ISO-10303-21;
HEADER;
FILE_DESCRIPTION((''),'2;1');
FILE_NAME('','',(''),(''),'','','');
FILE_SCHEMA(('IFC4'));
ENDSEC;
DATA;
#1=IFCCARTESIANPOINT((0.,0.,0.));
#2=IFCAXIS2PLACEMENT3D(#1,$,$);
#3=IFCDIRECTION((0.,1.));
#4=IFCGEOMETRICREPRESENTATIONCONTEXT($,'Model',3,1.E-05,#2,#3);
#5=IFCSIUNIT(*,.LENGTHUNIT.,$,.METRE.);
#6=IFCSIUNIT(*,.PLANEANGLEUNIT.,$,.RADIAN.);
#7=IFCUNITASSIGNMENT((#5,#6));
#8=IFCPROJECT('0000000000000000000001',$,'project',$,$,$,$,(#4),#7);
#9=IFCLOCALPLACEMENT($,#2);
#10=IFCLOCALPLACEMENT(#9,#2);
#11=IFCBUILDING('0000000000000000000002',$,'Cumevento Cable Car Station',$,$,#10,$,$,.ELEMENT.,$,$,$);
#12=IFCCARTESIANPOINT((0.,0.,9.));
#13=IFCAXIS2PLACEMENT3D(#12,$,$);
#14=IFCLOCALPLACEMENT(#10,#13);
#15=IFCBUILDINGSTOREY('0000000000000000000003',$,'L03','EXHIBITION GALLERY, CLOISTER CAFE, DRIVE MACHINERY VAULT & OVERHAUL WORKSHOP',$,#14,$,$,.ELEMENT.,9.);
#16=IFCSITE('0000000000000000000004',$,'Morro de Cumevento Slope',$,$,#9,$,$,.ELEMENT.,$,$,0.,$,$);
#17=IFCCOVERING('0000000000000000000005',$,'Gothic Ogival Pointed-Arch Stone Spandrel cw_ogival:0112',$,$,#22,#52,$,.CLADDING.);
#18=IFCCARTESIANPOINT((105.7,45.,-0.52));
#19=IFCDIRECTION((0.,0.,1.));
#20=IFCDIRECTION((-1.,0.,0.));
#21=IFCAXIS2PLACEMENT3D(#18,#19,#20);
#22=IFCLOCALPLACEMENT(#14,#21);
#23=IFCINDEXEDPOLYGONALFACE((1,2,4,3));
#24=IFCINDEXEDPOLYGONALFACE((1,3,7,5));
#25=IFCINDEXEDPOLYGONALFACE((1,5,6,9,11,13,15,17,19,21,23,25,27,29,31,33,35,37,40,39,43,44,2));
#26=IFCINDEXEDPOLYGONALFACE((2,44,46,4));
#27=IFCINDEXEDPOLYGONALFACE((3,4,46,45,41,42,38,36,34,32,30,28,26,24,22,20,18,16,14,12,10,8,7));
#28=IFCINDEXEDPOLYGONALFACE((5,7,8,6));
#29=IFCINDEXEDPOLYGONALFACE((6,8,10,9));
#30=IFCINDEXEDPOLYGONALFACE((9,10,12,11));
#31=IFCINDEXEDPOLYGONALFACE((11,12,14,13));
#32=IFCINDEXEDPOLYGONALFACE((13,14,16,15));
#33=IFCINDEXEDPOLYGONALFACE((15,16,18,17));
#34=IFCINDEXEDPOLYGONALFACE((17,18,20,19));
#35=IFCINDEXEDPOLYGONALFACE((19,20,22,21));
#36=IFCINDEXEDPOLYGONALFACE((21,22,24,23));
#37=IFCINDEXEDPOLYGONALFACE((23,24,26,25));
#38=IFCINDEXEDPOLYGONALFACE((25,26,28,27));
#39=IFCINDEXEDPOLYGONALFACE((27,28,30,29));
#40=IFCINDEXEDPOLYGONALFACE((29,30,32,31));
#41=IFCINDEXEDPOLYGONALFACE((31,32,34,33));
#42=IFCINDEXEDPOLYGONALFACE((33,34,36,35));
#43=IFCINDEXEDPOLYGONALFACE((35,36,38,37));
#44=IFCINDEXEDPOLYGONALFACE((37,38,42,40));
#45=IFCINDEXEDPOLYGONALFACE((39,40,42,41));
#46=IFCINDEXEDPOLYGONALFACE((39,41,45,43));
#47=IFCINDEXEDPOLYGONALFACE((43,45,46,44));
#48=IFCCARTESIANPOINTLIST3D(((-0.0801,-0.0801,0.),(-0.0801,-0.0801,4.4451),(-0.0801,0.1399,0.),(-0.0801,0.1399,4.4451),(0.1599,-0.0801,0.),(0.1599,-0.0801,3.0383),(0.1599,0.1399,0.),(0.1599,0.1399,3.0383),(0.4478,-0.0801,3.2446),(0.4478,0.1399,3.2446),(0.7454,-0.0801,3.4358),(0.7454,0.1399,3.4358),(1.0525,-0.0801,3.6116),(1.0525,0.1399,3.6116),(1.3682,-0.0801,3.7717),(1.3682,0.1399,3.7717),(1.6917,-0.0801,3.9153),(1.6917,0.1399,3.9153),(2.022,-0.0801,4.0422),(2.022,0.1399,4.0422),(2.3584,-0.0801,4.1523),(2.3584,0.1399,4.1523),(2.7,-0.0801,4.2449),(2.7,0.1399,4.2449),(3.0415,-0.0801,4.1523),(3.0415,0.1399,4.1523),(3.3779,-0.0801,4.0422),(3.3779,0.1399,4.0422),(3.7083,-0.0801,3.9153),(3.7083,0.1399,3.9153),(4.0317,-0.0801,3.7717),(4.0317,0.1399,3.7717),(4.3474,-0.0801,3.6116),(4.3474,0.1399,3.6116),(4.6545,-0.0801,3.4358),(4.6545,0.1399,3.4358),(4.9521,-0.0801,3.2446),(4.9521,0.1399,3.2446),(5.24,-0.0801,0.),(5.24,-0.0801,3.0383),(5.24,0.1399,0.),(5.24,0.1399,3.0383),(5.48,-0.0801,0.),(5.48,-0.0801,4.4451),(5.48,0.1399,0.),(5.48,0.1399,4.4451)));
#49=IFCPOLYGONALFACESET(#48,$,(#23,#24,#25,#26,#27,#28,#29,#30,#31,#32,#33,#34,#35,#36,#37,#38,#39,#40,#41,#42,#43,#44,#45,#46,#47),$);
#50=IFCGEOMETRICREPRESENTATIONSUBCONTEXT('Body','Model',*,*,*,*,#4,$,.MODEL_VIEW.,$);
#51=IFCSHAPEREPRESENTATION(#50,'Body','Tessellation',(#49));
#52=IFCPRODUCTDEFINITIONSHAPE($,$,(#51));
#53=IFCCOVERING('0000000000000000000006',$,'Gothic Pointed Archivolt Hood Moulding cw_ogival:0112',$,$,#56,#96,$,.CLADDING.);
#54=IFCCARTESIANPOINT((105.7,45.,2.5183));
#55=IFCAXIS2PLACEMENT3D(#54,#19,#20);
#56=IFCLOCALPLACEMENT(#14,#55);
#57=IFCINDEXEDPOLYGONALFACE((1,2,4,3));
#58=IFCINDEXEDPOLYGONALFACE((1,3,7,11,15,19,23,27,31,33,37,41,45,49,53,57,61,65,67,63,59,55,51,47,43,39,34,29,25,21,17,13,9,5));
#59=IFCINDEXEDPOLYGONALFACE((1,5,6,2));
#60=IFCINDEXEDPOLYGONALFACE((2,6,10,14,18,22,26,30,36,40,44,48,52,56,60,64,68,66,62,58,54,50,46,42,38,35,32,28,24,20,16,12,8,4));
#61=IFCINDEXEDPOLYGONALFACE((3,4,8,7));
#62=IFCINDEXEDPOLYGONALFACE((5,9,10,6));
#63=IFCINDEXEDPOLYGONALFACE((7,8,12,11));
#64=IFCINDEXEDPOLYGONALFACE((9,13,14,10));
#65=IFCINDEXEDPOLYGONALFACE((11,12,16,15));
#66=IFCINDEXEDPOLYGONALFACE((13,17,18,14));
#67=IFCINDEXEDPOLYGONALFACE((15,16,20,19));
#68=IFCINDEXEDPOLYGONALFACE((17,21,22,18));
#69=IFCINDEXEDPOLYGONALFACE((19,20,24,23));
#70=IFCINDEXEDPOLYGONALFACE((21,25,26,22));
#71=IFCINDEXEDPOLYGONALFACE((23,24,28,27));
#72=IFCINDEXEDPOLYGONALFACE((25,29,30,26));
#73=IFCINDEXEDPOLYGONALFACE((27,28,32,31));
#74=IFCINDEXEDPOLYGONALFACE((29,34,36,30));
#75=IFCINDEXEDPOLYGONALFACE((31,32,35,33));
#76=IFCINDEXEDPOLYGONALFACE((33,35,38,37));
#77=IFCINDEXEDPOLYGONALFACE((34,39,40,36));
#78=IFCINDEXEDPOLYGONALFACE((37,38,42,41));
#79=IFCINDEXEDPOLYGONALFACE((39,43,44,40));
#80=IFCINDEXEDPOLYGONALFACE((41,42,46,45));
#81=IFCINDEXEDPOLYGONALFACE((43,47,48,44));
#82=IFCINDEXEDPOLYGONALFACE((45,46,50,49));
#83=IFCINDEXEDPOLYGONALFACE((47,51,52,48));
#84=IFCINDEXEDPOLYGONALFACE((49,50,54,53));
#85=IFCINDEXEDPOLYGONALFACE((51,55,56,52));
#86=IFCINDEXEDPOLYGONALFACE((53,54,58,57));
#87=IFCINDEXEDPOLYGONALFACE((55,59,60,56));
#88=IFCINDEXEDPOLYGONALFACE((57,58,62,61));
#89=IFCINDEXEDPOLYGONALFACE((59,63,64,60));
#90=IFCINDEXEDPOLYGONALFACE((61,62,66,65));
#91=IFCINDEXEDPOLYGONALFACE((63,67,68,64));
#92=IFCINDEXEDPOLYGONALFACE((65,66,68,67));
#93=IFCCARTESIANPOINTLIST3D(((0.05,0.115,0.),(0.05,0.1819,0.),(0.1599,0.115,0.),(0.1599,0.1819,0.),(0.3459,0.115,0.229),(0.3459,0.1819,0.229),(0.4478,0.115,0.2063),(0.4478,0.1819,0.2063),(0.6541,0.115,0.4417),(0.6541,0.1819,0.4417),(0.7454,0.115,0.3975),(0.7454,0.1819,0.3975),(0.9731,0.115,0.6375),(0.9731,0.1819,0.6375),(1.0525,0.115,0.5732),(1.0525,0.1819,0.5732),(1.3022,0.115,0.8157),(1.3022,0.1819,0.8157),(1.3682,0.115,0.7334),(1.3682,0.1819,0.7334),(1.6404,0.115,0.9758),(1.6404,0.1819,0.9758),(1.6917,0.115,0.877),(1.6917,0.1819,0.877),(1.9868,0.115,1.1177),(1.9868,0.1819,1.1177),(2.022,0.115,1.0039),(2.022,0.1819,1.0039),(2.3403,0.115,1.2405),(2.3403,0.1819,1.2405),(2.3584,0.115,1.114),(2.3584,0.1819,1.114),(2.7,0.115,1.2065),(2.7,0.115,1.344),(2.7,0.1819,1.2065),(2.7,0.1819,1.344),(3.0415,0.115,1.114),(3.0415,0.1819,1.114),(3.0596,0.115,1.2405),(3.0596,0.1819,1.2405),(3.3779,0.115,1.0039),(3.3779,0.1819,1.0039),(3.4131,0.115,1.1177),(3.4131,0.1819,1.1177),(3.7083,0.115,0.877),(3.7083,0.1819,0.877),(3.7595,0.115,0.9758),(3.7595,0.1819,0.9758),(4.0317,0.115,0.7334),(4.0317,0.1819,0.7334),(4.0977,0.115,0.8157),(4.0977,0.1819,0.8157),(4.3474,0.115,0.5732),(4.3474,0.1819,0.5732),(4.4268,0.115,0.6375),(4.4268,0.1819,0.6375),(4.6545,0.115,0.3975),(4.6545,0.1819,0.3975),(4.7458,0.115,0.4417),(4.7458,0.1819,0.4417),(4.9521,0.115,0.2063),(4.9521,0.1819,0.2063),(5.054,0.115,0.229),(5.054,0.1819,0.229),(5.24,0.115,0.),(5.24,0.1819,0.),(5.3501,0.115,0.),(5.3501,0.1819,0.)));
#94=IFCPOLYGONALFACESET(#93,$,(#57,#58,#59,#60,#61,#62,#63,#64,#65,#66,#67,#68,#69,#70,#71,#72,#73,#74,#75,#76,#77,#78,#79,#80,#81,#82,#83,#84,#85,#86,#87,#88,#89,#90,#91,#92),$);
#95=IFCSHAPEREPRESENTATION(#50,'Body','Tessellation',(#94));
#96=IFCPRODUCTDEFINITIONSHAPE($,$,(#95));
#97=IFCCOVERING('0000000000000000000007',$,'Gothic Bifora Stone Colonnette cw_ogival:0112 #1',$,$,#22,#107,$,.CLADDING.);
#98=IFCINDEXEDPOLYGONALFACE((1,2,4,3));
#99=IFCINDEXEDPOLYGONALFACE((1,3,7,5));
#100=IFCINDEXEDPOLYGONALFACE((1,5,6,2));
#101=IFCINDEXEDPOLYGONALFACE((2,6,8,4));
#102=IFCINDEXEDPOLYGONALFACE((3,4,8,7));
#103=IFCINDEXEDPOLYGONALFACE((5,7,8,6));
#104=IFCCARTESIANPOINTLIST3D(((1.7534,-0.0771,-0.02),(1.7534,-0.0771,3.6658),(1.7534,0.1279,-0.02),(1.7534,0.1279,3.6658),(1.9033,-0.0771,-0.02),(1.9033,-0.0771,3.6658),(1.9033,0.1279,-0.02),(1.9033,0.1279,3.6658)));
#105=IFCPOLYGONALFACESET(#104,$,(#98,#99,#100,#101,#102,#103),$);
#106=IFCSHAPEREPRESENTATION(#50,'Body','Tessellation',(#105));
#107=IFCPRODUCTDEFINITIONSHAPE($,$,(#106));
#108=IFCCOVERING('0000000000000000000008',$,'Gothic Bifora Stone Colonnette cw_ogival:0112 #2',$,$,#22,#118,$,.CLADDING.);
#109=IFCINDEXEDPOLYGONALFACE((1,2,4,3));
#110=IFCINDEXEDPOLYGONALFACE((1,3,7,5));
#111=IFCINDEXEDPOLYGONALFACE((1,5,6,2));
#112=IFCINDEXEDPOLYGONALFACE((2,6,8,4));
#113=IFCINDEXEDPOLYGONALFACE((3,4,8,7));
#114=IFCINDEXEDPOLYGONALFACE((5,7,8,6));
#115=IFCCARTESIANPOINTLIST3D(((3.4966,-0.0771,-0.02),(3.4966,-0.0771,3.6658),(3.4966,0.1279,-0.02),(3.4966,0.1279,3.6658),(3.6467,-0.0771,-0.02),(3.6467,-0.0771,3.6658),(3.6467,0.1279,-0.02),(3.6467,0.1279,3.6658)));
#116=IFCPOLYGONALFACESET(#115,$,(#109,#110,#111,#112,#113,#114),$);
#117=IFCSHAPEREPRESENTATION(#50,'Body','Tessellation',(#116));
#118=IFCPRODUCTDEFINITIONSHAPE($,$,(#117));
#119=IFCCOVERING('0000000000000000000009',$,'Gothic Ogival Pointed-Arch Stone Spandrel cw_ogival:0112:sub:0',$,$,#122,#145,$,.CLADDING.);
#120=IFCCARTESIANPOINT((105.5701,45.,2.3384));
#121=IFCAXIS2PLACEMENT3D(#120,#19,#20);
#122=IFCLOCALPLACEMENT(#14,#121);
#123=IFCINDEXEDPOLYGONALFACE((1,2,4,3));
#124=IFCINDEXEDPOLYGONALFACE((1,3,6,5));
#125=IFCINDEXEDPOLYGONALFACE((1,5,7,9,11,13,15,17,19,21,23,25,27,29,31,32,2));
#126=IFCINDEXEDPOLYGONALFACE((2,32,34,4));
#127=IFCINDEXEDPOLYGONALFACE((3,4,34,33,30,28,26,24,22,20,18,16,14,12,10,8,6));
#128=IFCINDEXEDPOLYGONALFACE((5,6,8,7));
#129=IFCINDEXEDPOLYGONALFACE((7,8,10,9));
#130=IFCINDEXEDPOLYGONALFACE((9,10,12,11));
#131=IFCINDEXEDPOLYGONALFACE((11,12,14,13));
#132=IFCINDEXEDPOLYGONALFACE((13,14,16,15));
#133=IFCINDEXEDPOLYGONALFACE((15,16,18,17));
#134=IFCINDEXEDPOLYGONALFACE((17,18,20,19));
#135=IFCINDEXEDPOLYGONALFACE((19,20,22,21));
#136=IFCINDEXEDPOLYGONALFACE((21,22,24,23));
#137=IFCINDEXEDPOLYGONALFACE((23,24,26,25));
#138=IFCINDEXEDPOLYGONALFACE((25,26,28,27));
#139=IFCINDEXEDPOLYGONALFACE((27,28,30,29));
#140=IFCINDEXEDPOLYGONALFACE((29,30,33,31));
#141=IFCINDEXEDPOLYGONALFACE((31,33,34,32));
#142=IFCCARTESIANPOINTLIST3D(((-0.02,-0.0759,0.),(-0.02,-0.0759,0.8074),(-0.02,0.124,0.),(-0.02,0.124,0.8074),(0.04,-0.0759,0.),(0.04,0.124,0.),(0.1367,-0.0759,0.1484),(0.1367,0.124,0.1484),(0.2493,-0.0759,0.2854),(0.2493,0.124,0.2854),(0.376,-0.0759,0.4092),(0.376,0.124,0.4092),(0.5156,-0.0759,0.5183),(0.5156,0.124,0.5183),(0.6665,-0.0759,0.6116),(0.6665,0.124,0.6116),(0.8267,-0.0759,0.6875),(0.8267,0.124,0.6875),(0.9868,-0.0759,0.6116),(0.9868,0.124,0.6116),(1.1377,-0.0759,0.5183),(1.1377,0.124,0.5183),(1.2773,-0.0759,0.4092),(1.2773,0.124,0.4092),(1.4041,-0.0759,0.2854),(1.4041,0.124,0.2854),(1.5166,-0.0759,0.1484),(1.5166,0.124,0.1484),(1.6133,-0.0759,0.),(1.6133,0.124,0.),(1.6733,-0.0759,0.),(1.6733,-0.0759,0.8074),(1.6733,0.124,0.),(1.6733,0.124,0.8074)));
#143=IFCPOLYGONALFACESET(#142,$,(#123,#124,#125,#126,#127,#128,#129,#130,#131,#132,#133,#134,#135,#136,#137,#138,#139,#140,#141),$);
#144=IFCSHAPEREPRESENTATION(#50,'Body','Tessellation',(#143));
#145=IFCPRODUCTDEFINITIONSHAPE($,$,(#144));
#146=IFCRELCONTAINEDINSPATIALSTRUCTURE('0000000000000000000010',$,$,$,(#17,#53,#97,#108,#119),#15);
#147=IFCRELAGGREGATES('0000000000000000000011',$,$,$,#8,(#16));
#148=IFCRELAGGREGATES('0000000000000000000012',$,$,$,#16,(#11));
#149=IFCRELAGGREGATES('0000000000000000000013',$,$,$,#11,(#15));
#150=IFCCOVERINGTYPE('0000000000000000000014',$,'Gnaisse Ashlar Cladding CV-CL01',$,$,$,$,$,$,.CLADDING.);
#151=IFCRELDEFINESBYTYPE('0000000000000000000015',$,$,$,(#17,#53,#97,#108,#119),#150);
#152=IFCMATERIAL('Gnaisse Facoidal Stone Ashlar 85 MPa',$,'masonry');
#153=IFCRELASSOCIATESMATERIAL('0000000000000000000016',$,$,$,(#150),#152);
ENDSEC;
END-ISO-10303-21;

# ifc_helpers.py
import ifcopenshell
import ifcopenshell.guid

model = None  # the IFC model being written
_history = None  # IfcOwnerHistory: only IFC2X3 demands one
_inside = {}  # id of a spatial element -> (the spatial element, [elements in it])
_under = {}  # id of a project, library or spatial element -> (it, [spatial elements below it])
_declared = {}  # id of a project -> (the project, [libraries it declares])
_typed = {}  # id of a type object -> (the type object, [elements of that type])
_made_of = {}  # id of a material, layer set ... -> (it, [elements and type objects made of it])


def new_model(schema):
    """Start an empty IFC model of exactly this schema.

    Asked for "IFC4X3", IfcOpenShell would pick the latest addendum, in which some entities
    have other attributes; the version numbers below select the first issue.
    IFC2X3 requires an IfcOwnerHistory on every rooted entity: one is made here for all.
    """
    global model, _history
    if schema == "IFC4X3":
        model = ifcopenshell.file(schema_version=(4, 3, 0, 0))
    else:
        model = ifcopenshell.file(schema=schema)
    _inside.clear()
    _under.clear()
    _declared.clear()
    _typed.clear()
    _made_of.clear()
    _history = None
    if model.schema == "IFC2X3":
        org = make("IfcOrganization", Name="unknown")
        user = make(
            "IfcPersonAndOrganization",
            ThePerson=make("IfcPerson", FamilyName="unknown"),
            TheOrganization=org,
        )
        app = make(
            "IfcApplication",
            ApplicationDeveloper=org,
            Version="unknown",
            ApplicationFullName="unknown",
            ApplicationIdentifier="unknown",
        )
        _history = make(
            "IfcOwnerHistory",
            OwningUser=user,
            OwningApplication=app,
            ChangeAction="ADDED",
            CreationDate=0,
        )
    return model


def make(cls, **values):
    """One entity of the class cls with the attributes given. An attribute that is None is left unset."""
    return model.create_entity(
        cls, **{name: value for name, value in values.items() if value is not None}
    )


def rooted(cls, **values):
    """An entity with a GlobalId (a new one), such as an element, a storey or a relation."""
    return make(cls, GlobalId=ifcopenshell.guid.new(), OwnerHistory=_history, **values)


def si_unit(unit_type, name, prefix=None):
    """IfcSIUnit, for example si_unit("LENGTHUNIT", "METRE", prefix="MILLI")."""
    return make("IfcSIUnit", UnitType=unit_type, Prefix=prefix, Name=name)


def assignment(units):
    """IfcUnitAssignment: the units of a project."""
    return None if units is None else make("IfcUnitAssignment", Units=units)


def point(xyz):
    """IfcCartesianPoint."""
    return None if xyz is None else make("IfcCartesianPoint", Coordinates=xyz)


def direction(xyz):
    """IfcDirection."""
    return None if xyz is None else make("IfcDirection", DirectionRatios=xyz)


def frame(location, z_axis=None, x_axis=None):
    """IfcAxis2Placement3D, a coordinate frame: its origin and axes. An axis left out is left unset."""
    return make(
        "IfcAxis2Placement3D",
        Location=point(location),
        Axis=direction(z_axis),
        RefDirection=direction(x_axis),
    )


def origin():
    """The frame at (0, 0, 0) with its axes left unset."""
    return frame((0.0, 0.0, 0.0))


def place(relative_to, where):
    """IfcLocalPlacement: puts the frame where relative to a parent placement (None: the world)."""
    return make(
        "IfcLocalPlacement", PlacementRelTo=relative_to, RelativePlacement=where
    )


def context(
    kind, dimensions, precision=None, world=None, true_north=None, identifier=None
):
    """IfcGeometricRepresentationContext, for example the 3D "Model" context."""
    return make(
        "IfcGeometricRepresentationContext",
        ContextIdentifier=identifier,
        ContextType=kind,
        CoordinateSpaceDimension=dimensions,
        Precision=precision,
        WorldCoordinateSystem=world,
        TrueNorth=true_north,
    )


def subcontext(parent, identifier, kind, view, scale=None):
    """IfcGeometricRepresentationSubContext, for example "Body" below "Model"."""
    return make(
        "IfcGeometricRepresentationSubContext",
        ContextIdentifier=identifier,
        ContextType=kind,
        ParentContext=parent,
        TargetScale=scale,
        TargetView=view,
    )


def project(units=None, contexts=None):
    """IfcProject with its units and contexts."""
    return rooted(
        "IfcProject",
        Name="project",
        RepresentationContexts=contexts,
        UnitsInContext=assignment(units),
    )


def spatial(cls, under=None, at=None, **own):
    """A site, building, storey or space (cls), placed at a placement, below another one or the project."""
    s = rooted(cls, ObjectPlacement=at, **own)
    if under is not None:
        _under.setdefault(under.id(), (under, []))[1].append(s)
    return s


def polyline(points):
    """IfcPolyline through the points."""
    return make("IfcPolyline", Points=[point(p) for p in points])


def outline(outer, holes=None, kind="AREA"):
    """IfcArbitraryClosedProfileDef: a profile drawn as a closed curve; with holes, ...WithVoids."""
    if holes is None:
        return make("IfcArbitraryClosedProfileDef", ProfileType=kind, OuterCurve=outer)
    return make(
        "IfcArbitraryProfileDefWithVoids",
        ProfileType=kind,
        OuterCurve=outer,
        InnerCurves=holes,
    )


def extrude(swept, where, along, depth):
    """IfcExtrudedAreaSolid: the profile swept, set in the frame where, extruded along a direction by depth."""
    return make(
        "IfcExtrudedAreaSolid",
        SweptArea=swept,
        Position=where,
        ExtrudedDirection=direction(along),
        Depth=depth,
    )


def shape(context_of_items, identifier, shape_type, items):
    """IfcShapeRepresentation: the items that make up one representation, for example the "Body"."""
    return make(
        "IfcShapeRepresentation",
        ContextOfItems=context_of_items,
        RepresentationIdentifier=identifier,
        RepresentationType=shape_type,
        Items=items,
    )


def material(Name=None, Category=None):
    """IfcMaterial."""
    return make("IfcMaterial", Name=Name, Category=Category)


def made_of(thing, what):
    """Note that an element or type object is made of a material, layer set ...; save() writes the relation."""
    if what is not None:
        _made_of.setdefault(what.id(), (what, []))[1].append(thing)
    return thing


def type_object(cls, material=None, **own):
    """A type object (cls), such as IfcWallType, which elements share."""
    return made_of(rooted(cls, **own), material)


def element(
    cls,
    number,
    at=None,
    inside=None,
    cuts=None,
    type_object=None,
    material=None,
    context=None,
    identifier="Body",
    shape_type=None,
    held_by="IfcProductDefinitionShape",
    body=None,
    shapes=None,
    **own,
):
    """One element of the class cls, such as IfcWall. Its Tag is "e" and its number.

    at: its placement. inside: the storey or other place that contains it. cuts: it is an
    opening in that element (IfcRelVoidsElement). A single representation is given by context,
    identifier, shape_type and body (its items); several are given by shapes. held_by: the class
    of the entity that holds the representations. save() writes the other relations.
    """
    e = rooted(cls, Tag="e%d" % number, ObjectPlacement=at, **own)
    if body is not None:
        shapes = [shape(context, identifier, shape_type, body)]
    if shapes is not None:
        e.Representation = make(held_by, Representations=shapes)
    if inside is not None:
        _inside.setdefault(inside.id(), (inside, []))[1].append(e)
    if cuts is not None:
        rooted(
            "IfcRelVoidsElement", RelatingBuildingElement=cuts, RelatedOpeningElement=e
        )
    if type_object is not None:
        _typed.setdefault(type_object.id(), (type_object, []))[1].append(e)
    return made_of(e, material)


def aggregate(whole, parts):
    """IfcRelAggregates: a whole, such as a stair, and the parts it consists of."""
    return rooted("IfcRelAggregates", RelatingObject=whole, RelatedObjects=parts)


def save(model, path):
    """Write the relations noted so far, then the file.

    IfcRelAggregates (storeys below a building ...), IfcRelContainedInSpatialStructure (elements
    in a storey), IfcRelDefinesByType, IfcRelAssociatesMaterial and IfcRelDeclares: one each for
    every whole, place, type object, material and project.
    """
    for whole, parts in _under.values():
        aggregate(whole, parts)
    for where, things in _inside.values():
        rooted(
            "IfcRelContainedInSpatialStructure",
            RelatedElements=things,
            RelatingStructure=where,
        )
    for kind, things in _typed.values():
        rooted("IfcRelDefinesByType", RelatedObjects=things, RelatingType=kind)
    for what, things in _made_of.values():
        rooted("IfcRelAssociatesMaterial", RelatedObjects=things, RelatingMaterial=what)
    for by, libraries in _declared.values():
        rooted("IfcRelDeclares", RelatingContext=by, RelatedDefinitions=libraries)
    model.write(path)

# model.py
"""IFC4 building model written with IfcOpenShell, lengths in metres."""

from ifc_helpers import new_model, si_unit, direction, frame, origin, place, context, subcontext, project, spatial, polyline, outline, extrude, material, type_object, element, save


model = new_model("IFC4")

# Units and contexts
model_context = context("Model", 3, precision=1e-05, world=origin(), true_north=direction((0.0, 1.0)))
body_context = subcontext(model_context, "Body", "Model", "MODEL_VIEW")
ifc_project = project(units=[si_unit("LENGTHUNIT", "METRE"), si_unit("PLANEANGLEUNIT", "RADIAN")], contexts=[model_context])

# Site, building, storey
site_placement = place(None, origin())
site = spatial("IfcSite", under=ifc_project, at=site_placement, Name="Morro de Cumevento Slope", CompositionType="ELEMENT", RefElevation=0.0)
building_placement = place(site_placement, origin())
building = spatial("IfcBuilding", under=site, at=building_placement, Name="Cumevento Cable Car Station", CompositionType="ELEMENT")
storey_placement = place(building_placement, frame((0.0, 0.0, 9.0)))
storey = spatial("IfcBuildingStorey", under=building, at=storey_placement, Name="L03", Description="EXHIBITION GALLERY, CLOISTER CAFE, DRIVE MACHINERY VAULT & OVERHAUL WORKSHOP", CompositionType="ELEMENT", Elevation=9.0)

# Coverings
ifc_material_1 = material(Name="Gnaisse Facoidal Stone Ashlar 85 MPa", Category="masonry")
covering_type = type_object("IfcCoveringType", Name="Gnaisse Ashlar Cladding CV-CL01", PredefinedType="CLADDING", material=ifc_material_1)
placement = place(storey_placement, frame((105.7, 45.0, -0.52), z_axis=(0.0, 0.0, 1.0), x_axis=(-1.0, 0.0, 0.0)))
element("IfcCovering", 1, at=placement, inside=storey, type_object=covering_type, Name="Gothic Ogival Pointed-Arch Stone Spandrel cw_ogival:0112", PredefinedType="CLADDING", context=body_context, shape_type="SweptSolid", body=[
    extrude(outline(polyline([(-0.0801, 0.0), (-0.0801, 4.4451), (5.48, 4.4451), (5.48, 0.0), (5.24, 0.0), (5.24, 3.0383), (4.9521, 3.2446), (4.6545, 3.4358), (4.3474, 3.6116), (4.0317, 3.7717), (3.7083, 3.9153), (3.3779, 4.0422), (3.0415, 4.1523), (2.7, 4.2449), (2.3584, 4.1523), (2.022, 4.0422), (1.6917, 3.9153), (1.3682, 3.7717), (1.0525, 3.6116), (0.7454, 3.4358), (0.4478, 3.2446), (0.1599, 3.0383), (0.1599, 0.0), (-0.0801, 0.0)])), frame((0.0, 0.1399, 0.0), z_axis=(0.0, -1.0, 0.0), x_axis=(1.0, 0.0, 0.0)), (0.0, 0.0, 1.0), 0.22),
])
covering_1_placement = place(storey_placement, frame((105.7, 45.0, 2.5183), z_axis=(0.0, 0.0, 1.0), x_axis=(-1.0, 0.0, 0.0)))
element("IfcCovering", 2, at=covering_1_placement, inside=storey, type_object=covering_type, Name="Gothic Pointed Archivolt Hood Moulding cw_ogival:0112", PredefinedType="CLADDING", context=body_context, shape_type="SweptSolid", body=[
    extrude(outline(polyline([(0.1599, 0.0), (0.4478, 0.2063), (0.7454, 0.3975), (1.0525, 0.5732), (1.3682, 0.7334), (1.6917, 0.877), (2.022, 1.0039), (2.3584, 1.114), (2.7, 1.2065), (3.0415, 1.114), (3.3779, 1.0039), (3.7083, 0.877), (4.0317, 0.7334), (4.3474, 0.5732), (4.6545, 0.3975), (4.9521, 0.2063), (5.24, 0.0), (5.3501, 0.0), (5.054, 0.229), (4.7458, 0.4417), (4.4268, 0.6375), (4.0977, 0.8157), (3.7595, 0.9758), (3.4131, 1.1177), (3.0596, 1.2405), (2.7, 1.344), (2.3403, 1.2405), (1.9868, 1.1177), (1.6404, 0.9758), (1.3022, 0.8157), (0.9731, 0.6375), (0.6541, 0.4417), (0.3459, 0.229), (0.05, 0.0), (0.1599, 0.0)])), frame((0.0, 0.1819, 0.0), z_axis=(0.0, -1.0, 0.0), x_axis=(1.0, 0.0, 0.0)), (0.0, 0.0, 1.0), 0.0669),
])
element("IfcCovering", 3, at=placement, inside=storey, type_object=covering_type, Name="Gothic Bifora Stone Colonnette cw_ogival:0112 #1", PredefinedType="CLADDING", context=body_context, shape_type="SweptSolid", body=[
    extrude(outline(polyline([(1.7534, -0.02), (1.9033, -0.02), (1.9033, 3.6658), (1.7534, 3.6658), (1.7534, -0.02)])), frame((0.0, 0.1279, 0.0), z_axis=(0.0, -1.0, 0.0), x_axis=(1.0, 0.0, 0.0)), (0.0, 0.0, 1.0), 0.2051),
])
element("IfcCovering", 4, at=placement, inside=storey, type_object=covering_type, Name="Gothic Bifora Stone Colonnette cw_ogival:0112 #2", PredefinedType="CLADDING", context=body_context, shape_type="SweptSolid", body=[
    extrude(outline(polyline([(3.4966, -0.02), (3.6467, -0.02), (3.6467, 3.6658), (3.4966, 3.6658), (3.4966, -0.02)])), frame((0.0, 0.1279, 0.0), z_axis=(0.0, -1.0, 0.0), x_axis=(1.0, 0.0, 0.0)), (0.0, 0.0, 1.0), 0.2051),
])
covering_2_placement = place(storey_placement, frame((105.5701, 45.0, 2.3384), z_axis=(0.0, 0.0, 1.0), x_axis=(-1.0, 0.0, 0.0)))
element("IfcCovering", 5, at=covering_2_placement, inside=storey, type_object=covering_type, Name="Gothic Ogival Pointed-Arch Stone Spandrel cw_ogival:0112:sub:0", PredefinedType="CLADDING", context=body_context, shape_type="SweptSolid", body=[
    extrude(outline(polyline([(-0.02, 0.0), (-0.02, 0.8074), (1.6733, 0.8074), (1.6733, 0.0), (1.6133, 0.0), (1.5166, 0.1484), (1.4041, 0.2854), (1.2773, 0.4092), (1.1377, 0.5183), (0.9868, 0.6116), (0.8267, 0.6875), (0.6665, 0.6116), (0.5156, 0.5183), (0.376, 0.4092), (0.2493, 0.2854), (0.1367, 0.1484), (0.04, 0.0), (-0.02, 0.0)])), frame((0.0, 0.124, 0.0), z_axis=(0.0, -1.0, 0.0), x_axis=(1.0, 0.0, 0.0)), (0.0, 0.0, 1.0), 0.2),
])

save(model, "model.ifc")
